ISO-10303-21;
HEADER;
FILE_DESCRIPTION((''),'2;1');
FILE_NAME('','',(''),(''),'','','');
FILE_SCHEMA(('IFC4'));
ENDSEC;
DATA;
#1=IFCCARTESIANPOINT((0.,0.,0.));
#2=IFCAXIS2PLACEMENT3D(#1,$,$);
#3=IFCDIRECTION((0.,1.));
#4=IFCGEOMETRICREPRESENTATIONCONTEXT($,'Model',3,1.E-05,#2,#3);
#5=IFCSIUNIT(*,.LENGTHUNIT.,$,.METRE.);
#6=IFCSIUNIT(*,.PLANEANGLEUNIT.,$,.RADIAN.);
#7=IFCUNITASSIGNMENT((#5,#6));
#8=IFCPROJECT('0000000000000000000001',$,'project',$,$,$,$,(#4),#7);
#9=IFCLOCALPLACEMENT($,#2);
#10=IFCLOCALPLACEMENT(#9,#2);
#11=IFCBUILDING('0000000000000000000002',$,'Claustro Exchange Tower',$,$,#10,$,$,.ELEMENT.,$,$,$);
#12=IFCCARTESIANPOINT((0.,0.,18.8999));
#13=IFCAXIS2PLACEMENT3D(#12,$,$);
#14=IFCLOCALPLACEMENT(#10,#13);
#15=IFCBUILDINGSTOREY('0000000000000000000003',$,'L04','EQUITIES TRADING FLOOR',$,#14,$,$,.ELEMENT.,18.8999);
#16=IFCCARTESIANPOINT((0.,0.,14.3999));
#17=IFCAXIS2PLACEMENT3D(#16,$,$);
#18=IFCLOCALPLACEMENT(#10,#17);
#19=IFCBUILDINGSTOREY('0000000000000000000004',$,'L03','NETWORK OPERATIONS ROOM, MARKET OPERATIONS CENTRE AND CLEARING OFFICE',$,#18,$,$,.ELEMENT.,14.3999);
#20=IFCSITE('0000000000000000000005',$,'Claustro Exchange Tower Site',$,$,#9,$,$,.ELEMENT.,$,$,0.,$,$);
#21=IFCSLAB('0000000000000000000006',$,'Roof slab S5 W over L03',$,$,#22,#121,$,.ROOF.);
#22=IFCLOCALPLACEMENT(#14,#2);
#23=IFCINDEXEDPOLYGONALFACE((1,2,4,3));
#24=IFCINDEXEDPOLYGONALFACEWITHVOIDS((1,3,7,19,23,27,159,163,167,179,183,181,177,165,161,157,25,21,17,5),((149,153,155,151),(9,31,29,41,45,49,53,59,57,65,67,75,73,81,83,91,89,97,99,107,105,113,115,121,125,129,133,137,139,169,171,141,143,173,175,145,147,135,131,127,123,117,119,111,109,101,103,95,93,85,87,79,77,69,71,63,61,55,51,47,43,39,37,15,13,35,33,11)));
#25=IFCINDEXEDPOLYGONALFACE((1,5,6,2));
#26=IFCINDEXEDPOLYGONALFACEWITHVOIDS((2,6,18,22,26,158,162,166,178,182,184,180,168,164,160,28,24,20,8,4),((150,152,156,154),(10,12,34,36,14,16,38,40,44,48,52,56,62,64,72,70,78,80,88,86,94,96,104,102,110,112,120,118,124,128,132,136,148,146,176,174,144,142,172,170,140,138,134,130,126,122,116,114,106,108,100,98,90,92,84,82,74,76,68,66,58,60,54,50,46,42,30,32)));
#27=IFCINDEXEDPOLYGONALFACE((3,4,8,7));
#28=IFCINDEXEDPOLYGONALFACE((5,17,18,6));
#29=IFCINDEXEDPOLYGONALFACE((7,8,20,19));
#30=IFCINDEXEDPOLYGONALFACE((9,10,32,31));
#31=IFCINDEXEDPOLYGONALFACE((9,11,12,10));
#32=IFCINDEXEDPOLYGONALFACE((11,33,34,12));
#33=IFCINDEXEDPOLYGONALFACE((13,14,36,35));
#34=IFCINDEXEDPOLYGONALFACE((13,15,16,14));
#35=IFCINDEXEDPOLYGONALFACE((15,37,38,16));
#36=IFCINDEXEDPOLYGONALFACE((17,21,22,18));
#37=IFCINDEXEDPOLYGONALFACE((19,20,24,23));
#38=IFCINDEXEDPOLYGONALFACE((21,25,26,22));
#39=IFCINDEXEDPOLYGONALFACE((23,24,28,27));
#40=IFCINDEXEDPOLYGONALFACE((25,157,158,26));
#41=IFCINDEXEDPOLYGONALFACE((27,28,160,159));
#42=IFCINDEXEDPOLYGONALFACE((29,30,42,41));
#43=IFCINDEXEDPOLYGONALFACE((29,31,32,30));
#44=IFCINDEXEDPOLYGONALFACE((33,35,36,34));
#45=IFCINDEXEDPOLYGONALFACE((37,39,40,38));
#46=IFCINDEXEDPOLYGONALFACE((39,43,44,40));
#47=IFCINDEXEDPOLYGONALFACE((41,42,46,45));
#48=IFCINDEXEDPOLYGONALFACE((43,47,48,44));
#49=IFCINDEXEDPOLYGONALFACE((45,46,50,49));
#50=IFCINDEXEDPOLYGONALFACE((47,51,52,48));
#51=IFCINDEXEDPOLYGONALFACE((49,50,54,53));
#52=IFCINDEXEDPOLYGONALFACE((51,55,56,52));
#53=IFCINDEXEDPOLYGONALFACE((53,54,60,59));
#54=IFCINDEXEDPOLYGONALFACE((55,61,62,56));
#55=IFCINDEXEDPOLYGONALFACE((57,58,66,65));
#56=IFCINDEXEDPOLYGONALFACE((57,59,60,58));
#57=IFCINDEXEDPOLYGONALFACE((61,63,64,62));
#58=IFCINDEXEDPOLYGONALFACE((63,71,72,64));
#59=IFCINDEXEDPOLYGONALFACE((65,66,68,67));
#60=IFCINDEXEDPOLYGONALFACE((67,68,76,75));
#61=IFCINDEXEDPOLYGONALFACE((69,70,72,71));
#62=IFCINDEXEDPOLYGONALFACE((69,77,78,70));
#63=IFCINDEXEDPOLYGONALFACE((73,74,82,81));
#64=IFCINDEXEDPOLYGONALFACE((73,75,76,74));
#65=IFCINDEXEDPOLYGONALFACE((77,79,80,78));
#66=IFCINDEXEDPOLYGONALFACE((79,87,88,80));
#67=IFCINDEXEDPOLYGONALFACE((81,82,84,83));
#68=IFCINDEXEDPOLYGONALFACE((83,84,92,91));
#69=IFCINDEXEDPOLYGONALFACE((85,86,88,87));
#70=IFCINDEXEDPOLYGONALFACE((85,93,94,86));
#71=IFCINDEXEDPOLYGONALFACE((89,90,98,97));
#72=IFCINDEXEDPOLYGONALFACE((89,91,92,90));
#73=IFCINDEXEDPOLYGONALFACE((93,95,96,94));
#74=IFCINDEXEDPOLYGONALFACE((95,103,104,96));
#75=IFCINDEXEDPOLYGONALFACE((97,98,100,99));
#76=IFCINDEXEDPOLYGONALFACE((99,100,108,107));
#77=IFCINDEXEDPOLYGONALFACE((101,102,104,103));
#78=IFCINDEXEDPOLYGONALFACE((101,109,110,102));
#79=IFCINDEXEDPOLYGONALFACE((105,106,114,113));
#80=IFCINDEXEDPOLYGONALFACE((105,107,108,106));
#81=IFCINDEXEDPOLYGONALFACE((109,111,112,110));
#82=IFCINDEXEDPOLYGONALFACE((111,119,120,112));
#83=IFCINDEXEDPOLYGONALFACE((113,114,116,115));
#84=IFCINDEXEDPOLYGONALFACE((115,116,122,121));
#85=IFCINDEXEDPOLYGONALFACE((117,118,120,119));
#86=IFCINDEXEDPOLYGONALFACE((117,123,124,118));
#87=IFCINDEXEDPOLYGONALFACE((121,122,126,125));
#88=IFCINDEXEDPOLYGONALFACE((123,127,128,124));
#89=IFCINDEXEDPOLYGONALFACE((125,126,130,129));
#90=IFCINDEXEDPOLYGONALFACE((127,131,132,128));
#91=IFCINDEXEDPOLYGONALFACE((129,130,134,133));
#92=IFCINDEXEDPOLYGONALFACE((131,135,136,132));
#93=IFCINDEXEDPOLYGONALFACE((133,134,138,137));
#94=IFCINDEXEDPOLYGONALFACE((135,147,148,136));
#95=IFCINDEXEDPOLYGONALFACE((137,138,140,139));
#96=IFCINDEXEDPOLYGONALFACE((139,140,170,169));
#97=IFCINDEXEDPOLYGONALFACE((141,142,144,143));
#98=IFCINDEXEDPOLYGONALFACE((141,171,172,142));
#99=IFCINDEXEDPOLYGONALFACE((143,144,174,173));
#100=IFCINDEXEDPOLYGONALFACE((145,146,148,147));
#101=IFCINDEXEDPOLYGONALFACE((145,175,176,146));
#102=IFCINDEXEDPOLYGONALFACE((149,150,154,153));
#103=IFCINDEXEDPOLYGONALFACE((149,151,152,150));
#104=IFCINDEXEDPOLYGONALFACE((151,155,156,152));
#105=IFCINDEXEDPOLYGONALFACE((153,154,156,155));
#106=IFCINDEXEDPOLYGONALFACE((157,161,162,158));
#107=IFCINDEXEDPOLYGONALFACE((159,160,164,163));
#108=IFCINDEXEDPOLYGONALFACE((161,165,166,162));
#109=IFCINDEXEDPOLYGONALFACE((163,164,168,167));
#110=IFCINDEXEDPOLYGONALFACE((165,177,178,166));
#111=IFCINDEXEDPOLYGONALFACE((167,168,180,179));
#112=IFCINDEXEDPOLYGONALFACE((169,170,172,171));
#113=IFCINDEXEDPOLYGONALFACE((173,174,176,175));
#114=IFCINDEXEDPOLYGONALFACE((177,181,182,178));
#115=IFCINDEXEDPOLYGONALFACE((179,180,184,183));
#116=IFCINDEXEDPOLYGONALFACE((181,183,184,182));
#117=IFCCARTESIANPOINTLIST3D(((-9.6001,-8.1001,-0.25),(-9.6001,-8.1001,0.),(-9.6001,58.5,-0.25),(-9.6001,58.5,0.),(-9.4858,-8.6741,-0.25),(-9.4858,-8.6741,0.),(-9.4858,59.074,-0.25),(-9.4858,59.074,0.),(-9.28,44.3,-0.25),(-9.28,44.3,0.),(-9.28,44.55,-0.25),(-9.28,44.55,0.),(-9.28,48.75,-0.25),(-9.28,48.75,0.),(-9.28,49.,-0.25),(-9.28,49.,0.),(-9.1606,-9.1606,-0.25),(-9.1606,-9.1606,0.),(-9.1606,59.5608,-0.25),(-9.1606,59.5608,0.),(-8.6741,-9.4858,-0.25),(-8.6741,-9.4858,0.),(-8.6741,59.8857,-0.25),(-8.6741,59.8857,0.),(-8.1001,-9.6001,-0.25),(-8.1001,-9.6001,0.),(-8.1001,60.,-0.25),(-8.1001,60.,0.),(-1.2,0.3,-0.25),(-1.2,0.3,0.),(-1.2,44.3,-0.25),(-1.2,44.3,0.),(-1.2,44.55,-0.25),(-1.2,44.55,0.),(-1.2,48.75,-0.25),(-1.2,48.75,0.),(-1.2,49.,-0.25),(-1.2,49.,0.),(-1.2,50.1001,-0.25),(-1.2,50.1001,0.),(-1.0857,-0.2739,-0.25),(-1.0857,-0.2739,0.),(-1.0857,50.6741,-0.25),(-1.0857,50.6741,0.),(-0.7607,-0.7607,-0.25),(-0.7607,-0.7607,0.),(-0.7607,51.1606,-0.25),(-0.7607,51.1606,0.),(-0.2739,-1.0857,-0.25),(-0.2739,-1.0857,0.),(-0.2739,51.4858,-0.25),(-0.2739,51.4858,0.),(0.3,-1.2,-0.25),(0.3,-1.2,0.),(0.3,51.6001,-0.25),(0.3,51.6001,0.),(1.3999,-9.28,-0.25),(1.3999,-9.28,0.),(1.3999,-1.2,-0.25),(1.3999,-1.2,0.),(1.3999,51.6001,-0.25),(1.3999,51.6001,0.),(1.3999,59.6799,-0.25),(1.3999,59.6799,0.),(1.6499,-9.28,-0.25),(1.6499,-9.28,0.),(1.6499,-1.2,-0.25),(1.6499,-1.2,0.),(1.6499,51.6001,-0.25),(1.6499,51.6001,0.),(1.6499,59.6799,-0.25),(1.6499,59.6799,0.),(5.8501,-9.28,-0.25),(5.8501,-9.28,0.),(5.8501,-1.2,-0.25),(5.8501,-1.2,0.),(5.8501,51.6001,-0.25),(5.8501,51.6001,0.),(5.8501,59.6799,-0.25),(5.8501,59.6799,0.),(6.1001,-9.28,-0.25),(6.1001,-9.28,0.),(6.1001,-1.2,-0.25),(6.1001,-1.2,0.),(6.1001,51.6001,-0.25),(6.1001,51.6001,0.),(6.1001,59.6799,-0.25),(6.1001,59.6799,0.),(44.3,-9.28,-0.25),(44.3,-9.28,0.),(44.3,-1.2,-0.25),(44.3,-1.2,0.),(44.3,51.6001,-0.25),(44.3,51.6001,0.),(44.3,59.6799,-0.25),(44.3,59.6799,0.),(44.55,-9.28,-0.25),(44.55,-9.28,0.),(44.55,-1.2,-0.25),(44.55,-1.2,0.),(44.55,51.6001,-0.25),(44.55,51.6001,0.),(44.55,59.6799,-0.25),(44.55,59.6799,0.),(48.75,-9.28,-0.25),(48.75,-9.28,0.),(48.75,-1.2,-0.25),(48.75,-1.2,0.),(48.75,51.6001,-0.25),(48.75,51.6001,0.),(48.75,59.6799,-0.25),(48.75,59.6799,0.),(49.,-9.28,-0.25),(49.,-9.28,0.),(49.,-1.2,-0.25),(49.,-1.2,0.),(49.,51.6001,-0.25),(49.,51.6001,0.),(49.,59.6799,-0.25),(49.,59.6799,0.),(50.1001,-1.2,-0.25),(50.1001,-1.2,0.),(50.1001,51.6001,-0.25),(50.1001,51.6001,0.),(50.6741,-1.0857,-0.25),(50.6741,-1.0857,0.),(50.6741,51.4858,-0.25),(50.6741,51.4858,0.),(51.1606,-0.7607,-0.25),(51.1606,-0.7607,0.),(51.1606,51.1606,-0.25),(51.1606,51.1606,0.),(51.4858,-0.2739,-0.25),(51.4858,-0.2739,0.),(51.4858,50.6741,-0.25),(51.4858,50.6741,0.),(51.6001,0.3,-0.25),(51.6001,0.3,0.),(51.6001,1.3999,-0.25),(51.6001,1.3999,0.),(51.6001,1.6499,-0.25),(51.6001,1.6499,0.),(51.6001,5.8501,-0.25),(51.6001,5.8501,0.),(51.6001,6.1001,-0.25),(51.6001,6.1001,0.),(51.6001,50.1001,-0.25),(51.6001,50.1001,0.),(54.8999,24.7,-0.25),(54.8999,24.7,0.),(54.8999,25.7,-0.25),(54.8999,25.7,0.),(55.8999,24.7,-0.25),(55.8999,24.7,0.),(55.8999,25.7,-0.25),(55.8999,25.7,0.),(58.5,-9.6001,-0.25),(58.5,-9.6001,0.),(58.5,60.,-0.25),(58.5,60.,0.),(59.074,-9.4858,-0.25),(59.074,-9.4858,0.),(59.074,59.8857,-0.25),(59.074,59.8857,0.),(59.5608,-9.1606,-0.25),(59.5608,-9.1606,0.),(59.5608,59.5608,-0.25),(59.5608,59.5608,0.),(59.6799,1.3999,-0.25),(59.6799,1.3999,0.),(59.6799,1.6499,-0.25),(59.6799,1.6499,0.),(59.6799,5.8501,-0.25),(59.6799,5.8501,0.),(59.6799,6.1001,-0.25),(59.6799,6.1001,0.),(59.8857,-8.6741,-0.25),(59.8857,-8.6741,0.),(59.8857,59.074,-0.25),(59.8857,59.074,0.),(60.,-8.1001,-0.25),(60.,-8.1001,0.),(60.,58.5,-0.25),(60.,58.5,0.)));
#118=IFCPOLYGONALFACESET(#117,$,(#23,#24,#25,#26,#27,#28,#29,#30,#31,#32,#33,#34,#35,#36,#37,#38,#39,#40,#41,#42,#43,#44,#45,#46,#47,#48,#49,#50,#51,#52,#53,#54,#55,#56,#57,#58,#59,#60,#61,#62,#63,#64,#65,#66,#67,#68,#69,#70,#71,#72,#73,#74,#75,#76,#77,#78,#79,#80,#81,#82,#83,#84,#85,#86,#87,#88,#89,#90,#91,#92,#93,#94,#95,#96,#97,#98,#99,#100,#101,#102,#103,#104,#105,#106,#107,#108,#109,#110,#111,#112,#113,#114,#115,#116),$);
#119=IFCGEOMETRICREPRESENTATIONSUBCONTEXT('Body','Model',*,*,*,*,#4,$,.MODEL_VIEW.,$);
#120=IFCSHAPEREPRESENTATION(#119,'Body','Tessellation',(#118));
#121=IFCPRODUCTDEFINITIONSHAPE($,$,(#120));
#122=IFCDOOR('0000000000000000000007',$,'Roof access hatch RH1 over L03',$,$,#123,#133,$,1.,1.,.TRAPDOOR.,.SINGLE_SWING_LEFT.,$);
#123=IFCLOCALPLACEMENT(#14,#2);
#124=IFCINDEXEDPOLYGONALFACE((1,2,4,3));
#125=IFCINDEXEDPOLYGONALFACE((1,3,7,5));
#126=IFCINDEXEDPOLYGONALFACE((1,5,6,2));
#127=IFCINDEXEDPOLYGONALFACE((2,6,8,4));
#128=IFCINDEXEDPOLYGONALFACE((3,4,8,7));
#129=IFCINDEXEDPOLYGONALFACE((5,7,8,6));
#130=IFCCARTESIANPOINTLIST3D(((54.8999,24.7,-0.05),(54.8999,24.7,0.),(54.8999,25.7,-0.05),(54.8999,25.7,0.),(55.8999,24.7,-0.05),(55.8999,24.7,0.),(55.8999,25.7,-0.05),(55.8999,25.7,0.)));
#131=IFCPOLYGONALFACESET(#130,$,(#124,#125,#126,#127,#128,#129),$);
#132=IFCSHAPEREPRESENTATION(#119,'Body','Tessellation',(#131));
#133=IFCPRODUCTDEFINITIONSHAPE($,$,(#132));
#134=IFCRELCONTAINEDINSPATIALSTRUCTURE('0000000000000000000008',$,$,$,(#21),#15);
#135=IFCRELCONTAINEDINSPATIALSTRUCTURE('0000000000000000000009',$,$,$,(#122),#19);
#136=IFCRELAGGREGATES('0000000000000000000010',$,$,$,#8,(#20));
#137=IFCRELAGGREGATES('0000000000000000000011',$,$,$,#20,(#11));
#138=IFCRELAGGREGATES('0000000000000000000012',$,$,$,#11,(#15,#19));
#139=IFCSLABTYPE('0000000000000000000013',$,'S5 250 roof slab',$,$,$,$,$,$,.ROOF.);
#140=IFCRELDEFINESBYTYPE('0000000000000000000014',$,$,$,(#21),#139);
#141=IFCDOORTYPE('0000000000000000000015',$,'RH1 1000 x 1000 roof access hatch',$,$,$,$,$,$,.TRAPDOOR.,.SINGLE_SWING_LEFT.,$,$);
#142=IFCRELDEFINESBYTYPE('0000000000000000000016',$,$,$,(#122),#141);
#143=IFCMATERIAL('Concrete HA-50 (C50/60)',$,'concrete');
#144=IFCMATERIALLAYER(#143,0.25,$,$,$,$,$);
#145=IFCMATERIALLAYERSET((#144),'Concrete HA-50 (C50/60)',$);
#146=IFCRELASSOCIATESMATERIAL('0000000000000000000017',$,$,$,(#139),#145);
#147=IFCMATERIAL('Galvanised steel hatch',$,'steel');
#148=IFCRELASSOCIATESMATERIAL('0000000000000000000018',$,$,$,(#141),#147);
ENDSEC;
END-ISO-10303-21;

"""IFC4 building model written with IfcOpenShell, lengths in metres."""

from ifc_helpers import new_model, si_unit, direction, frame, origin, origin_2d, place, context, subcontext, project, spatial, polyline, rectangle, outline, extrude, material, layer, layer_set, type_object, element, fill, save


model = new_model("IFC4")

# Units and contexts
model_context = context("Model", 3, precision=1e-05, world=origin(), true_north=direction((0.0, 1.0)))
body_context = subcontext(model_context, "Body", "Model", "MODEL_VIEW")
ifc_project = project(units=[si_unit("LENGTHUNIT", "METRE"), si_unit("PLANEANGLEUNIT", "RADIAN")], contexts=[model_context])

# Site, building, storey
site_placement = place(None, origin())
site = spatial("IfcSite", under=ifc_project, at=site_placement, Name="Claustro Exchange Tower Site", CompositionType="ELEMENT", RefElevation=0.0)
building_placement = place(site_placement, origin())
building = spatial("IfcBuilding", under=site, at=building_placement, Name="Claustro Exchange Tower", CompositionType="ELEMENT")
storey_1_placement = place(building_placement, frame((0.0, 0.0, 18.8999)))
storey_1 = spatial("IfcBuildingStorey", under=building, at=storey_1_placement, Name="L04", Description="EQUITIES TRADING FLOOR", CompositionType="ELEMENT", Elevation=18.8999)

# Slab, opening
ifc_material_1 = material(Name="Concrete HA-50 (C50/60)", Category="concrete")
ifc_layer_1 = layer(ifc_material_1, 0.25)
ifc_layer_set_1 = layer_set([ifc_layer_1], Name="Concrete HA-50 (C50/60)")
slab_type_1 = type_object("IfcSlabType", Name="S5 250 roof slab", PredefinedType="ROOF", material=ifc_layer_set_1)
slab_1_placement = place(storey_1_placement, frame((0.0, 0.0, -0.25)))
slab_1 = element("IfcSlab", 1, at=slab_1_placement, inside=storey_1, type_object=slab_type_1, Name="Roof slab S5 W over L03", PredefinedType="ROOF", context=body_context, shape_type="SweptSolid", body=[
    extrude(outline(polyline([(-8.6741, -9.4858), (-8.1001, -9.6001), (58.5, -9.6001), (59.074, -9.4858), (59.5608, -9.1606), (59.8857, -8.6741), (60.0, -8.1001), (60.0, 58.5), (59.8857, 59.074), (59.5608, 59.5608), (59.074, 59.8857), (58.5, 60.0), (-8.1001, 60.0), (-8.6741, 59.8857), (-9.1606, 59.5608), (-9.4858, 59.074), (-9.6001, 58.5), (-9.6001, -8.1001), (-9.4858, -8.6741), (-9.1606, -9.1606), (-8.6741, -9.4858)]), holes=[polyline([(51.1606, -0.7607), (50.6741, -1.0857), (50.1001, -1.2), (49.0, -1.2), (49.0, -9.28), (48.75, -9.28), (48.75, -1.2), (44.55, -1.2), (44.55, -9.28), (44.3, -9.28), (44.3, -1.2), (6.1001, -1.2), (6.1001, -9.28), (5.8501, -9.28), (5.8501, -1.2), (1.6499, -1.2), (1.6499, -9.28), (1.3999, -9.28), (1.3999, -1.2), (0.3, -1.2), (-0.2739, -1.0857), (-0.7607, -0.7607), (-1.0857, -0.2739), (-1.2, 0.3), (-1.2, 12.6001), (-1.2, 37.8), (-1.2, 44.3), (-9.28, 44.3), (-9.28, 44.55), (-1.2, 44.55), (-1.2, 48.75), (-9.28, 48.75), (-9.28, 49.0), (-1.2, 49.0), (-1.2, 50.1001), (-1.0857, 50.6741), (-0.7607, 51.1606), (-0.2739, 51.4858), (0.3, 51.6001), (1.3999, 51.6001), (1.3999, 59.6799), (1.6499, 59.6799), (1.6499, 51.6001), (5.8501, 51.6001), (5.8501, 59.6799), (6.1001, 59.6799), (6.1001, 51.6001), (44.3, 51.6001), (44.3, 59.6799), (44.55, 59.6799), (44.55, 51.6001), (48.75, 51.6001), (48.75, 59.6799), (49.0, 59.6799), (49.0, 51.6001), (50.1001, 51.6001), (50.6741, 51.4858), (51.1606, 51.1606), (51.4858, 50.6741), (51.6001, 50.1001), (51.6001, 37.8), (51.6001, 12.6001), (51.6001, 6.1001), (59.6799, 6.1001), (59.6799, 5.8501), (51.6001, 5.8501), (51.6001, 1.6499), (59.6799, 1.6499), (59.6799, 1.3999), (51.6001, 1.3999), (51.6001, 0.3), (51.4858, -0.2739), (51.1606, -0.7607)])]), origin(), (0.0, 0.0, 1.0), 0.25),
])
opening_1_placement = place(slab_1_placement, frame((55.3999, 25.2, 0.0)))
opening_1 = element("IfcOpeningElement", 2, at=opening_1_placement, cuts=slab_1, PredefinedType="OPENING", context=body_context, shape_type="SweptSolid", body=[
    extrude(rectangle(XDim=1.0, YDim=1.0, at=origin_2d()), origin(), (0.0, 0.0, 1.0), 0.25),
])

# Shared definitions
storey_2_placement = place(building_placement, frame((0.0, 0.0, 14.3999)))
storey_2 = spatial("IfcBuildingStorey", under=building, at=storey_2_placement, Name="L03", Description="NETWORK OPERATIONS ROOM, MARKET OPERATIONS CENTRE AND CLEARING OFFICE", CompositionType="ELEMENT", Elevation=14.3999)

# Door
ifc_material_2 = material(Name="Galvanised steel hatch", Category="steel")
door_type = type_object("IfcDoorType", Name="RH1 1000 x 1000 roof access hatch", OperationType="SINGLE_SWING_LEFT", PredefinedType="TRAPDOOR", material=ifc_material_2)
door_placement = place(opening_1_placement, frame((0.0, 0.0, 0.2)))
door = element("IfcDoor", 3, at=door_placement, inside=storey_2, type_object=door_type, Name="Roof access hatch RH1 over L03", OperationType="SINGLE_SWING_LEFT", OverallHeight=1.0, OverallWidth=1.0, PredefinedType="TRAPDOOR", context=body_context, shape_type="SweptSolid", body=[
    extrude(rectangle(XDim=1.0, YDim=1.0, at=origin_2d()), origin(), (0.0, 0.0, 1.0), 0.05),
])
fill(opening_1, door)

save(model, "model.ifc")
